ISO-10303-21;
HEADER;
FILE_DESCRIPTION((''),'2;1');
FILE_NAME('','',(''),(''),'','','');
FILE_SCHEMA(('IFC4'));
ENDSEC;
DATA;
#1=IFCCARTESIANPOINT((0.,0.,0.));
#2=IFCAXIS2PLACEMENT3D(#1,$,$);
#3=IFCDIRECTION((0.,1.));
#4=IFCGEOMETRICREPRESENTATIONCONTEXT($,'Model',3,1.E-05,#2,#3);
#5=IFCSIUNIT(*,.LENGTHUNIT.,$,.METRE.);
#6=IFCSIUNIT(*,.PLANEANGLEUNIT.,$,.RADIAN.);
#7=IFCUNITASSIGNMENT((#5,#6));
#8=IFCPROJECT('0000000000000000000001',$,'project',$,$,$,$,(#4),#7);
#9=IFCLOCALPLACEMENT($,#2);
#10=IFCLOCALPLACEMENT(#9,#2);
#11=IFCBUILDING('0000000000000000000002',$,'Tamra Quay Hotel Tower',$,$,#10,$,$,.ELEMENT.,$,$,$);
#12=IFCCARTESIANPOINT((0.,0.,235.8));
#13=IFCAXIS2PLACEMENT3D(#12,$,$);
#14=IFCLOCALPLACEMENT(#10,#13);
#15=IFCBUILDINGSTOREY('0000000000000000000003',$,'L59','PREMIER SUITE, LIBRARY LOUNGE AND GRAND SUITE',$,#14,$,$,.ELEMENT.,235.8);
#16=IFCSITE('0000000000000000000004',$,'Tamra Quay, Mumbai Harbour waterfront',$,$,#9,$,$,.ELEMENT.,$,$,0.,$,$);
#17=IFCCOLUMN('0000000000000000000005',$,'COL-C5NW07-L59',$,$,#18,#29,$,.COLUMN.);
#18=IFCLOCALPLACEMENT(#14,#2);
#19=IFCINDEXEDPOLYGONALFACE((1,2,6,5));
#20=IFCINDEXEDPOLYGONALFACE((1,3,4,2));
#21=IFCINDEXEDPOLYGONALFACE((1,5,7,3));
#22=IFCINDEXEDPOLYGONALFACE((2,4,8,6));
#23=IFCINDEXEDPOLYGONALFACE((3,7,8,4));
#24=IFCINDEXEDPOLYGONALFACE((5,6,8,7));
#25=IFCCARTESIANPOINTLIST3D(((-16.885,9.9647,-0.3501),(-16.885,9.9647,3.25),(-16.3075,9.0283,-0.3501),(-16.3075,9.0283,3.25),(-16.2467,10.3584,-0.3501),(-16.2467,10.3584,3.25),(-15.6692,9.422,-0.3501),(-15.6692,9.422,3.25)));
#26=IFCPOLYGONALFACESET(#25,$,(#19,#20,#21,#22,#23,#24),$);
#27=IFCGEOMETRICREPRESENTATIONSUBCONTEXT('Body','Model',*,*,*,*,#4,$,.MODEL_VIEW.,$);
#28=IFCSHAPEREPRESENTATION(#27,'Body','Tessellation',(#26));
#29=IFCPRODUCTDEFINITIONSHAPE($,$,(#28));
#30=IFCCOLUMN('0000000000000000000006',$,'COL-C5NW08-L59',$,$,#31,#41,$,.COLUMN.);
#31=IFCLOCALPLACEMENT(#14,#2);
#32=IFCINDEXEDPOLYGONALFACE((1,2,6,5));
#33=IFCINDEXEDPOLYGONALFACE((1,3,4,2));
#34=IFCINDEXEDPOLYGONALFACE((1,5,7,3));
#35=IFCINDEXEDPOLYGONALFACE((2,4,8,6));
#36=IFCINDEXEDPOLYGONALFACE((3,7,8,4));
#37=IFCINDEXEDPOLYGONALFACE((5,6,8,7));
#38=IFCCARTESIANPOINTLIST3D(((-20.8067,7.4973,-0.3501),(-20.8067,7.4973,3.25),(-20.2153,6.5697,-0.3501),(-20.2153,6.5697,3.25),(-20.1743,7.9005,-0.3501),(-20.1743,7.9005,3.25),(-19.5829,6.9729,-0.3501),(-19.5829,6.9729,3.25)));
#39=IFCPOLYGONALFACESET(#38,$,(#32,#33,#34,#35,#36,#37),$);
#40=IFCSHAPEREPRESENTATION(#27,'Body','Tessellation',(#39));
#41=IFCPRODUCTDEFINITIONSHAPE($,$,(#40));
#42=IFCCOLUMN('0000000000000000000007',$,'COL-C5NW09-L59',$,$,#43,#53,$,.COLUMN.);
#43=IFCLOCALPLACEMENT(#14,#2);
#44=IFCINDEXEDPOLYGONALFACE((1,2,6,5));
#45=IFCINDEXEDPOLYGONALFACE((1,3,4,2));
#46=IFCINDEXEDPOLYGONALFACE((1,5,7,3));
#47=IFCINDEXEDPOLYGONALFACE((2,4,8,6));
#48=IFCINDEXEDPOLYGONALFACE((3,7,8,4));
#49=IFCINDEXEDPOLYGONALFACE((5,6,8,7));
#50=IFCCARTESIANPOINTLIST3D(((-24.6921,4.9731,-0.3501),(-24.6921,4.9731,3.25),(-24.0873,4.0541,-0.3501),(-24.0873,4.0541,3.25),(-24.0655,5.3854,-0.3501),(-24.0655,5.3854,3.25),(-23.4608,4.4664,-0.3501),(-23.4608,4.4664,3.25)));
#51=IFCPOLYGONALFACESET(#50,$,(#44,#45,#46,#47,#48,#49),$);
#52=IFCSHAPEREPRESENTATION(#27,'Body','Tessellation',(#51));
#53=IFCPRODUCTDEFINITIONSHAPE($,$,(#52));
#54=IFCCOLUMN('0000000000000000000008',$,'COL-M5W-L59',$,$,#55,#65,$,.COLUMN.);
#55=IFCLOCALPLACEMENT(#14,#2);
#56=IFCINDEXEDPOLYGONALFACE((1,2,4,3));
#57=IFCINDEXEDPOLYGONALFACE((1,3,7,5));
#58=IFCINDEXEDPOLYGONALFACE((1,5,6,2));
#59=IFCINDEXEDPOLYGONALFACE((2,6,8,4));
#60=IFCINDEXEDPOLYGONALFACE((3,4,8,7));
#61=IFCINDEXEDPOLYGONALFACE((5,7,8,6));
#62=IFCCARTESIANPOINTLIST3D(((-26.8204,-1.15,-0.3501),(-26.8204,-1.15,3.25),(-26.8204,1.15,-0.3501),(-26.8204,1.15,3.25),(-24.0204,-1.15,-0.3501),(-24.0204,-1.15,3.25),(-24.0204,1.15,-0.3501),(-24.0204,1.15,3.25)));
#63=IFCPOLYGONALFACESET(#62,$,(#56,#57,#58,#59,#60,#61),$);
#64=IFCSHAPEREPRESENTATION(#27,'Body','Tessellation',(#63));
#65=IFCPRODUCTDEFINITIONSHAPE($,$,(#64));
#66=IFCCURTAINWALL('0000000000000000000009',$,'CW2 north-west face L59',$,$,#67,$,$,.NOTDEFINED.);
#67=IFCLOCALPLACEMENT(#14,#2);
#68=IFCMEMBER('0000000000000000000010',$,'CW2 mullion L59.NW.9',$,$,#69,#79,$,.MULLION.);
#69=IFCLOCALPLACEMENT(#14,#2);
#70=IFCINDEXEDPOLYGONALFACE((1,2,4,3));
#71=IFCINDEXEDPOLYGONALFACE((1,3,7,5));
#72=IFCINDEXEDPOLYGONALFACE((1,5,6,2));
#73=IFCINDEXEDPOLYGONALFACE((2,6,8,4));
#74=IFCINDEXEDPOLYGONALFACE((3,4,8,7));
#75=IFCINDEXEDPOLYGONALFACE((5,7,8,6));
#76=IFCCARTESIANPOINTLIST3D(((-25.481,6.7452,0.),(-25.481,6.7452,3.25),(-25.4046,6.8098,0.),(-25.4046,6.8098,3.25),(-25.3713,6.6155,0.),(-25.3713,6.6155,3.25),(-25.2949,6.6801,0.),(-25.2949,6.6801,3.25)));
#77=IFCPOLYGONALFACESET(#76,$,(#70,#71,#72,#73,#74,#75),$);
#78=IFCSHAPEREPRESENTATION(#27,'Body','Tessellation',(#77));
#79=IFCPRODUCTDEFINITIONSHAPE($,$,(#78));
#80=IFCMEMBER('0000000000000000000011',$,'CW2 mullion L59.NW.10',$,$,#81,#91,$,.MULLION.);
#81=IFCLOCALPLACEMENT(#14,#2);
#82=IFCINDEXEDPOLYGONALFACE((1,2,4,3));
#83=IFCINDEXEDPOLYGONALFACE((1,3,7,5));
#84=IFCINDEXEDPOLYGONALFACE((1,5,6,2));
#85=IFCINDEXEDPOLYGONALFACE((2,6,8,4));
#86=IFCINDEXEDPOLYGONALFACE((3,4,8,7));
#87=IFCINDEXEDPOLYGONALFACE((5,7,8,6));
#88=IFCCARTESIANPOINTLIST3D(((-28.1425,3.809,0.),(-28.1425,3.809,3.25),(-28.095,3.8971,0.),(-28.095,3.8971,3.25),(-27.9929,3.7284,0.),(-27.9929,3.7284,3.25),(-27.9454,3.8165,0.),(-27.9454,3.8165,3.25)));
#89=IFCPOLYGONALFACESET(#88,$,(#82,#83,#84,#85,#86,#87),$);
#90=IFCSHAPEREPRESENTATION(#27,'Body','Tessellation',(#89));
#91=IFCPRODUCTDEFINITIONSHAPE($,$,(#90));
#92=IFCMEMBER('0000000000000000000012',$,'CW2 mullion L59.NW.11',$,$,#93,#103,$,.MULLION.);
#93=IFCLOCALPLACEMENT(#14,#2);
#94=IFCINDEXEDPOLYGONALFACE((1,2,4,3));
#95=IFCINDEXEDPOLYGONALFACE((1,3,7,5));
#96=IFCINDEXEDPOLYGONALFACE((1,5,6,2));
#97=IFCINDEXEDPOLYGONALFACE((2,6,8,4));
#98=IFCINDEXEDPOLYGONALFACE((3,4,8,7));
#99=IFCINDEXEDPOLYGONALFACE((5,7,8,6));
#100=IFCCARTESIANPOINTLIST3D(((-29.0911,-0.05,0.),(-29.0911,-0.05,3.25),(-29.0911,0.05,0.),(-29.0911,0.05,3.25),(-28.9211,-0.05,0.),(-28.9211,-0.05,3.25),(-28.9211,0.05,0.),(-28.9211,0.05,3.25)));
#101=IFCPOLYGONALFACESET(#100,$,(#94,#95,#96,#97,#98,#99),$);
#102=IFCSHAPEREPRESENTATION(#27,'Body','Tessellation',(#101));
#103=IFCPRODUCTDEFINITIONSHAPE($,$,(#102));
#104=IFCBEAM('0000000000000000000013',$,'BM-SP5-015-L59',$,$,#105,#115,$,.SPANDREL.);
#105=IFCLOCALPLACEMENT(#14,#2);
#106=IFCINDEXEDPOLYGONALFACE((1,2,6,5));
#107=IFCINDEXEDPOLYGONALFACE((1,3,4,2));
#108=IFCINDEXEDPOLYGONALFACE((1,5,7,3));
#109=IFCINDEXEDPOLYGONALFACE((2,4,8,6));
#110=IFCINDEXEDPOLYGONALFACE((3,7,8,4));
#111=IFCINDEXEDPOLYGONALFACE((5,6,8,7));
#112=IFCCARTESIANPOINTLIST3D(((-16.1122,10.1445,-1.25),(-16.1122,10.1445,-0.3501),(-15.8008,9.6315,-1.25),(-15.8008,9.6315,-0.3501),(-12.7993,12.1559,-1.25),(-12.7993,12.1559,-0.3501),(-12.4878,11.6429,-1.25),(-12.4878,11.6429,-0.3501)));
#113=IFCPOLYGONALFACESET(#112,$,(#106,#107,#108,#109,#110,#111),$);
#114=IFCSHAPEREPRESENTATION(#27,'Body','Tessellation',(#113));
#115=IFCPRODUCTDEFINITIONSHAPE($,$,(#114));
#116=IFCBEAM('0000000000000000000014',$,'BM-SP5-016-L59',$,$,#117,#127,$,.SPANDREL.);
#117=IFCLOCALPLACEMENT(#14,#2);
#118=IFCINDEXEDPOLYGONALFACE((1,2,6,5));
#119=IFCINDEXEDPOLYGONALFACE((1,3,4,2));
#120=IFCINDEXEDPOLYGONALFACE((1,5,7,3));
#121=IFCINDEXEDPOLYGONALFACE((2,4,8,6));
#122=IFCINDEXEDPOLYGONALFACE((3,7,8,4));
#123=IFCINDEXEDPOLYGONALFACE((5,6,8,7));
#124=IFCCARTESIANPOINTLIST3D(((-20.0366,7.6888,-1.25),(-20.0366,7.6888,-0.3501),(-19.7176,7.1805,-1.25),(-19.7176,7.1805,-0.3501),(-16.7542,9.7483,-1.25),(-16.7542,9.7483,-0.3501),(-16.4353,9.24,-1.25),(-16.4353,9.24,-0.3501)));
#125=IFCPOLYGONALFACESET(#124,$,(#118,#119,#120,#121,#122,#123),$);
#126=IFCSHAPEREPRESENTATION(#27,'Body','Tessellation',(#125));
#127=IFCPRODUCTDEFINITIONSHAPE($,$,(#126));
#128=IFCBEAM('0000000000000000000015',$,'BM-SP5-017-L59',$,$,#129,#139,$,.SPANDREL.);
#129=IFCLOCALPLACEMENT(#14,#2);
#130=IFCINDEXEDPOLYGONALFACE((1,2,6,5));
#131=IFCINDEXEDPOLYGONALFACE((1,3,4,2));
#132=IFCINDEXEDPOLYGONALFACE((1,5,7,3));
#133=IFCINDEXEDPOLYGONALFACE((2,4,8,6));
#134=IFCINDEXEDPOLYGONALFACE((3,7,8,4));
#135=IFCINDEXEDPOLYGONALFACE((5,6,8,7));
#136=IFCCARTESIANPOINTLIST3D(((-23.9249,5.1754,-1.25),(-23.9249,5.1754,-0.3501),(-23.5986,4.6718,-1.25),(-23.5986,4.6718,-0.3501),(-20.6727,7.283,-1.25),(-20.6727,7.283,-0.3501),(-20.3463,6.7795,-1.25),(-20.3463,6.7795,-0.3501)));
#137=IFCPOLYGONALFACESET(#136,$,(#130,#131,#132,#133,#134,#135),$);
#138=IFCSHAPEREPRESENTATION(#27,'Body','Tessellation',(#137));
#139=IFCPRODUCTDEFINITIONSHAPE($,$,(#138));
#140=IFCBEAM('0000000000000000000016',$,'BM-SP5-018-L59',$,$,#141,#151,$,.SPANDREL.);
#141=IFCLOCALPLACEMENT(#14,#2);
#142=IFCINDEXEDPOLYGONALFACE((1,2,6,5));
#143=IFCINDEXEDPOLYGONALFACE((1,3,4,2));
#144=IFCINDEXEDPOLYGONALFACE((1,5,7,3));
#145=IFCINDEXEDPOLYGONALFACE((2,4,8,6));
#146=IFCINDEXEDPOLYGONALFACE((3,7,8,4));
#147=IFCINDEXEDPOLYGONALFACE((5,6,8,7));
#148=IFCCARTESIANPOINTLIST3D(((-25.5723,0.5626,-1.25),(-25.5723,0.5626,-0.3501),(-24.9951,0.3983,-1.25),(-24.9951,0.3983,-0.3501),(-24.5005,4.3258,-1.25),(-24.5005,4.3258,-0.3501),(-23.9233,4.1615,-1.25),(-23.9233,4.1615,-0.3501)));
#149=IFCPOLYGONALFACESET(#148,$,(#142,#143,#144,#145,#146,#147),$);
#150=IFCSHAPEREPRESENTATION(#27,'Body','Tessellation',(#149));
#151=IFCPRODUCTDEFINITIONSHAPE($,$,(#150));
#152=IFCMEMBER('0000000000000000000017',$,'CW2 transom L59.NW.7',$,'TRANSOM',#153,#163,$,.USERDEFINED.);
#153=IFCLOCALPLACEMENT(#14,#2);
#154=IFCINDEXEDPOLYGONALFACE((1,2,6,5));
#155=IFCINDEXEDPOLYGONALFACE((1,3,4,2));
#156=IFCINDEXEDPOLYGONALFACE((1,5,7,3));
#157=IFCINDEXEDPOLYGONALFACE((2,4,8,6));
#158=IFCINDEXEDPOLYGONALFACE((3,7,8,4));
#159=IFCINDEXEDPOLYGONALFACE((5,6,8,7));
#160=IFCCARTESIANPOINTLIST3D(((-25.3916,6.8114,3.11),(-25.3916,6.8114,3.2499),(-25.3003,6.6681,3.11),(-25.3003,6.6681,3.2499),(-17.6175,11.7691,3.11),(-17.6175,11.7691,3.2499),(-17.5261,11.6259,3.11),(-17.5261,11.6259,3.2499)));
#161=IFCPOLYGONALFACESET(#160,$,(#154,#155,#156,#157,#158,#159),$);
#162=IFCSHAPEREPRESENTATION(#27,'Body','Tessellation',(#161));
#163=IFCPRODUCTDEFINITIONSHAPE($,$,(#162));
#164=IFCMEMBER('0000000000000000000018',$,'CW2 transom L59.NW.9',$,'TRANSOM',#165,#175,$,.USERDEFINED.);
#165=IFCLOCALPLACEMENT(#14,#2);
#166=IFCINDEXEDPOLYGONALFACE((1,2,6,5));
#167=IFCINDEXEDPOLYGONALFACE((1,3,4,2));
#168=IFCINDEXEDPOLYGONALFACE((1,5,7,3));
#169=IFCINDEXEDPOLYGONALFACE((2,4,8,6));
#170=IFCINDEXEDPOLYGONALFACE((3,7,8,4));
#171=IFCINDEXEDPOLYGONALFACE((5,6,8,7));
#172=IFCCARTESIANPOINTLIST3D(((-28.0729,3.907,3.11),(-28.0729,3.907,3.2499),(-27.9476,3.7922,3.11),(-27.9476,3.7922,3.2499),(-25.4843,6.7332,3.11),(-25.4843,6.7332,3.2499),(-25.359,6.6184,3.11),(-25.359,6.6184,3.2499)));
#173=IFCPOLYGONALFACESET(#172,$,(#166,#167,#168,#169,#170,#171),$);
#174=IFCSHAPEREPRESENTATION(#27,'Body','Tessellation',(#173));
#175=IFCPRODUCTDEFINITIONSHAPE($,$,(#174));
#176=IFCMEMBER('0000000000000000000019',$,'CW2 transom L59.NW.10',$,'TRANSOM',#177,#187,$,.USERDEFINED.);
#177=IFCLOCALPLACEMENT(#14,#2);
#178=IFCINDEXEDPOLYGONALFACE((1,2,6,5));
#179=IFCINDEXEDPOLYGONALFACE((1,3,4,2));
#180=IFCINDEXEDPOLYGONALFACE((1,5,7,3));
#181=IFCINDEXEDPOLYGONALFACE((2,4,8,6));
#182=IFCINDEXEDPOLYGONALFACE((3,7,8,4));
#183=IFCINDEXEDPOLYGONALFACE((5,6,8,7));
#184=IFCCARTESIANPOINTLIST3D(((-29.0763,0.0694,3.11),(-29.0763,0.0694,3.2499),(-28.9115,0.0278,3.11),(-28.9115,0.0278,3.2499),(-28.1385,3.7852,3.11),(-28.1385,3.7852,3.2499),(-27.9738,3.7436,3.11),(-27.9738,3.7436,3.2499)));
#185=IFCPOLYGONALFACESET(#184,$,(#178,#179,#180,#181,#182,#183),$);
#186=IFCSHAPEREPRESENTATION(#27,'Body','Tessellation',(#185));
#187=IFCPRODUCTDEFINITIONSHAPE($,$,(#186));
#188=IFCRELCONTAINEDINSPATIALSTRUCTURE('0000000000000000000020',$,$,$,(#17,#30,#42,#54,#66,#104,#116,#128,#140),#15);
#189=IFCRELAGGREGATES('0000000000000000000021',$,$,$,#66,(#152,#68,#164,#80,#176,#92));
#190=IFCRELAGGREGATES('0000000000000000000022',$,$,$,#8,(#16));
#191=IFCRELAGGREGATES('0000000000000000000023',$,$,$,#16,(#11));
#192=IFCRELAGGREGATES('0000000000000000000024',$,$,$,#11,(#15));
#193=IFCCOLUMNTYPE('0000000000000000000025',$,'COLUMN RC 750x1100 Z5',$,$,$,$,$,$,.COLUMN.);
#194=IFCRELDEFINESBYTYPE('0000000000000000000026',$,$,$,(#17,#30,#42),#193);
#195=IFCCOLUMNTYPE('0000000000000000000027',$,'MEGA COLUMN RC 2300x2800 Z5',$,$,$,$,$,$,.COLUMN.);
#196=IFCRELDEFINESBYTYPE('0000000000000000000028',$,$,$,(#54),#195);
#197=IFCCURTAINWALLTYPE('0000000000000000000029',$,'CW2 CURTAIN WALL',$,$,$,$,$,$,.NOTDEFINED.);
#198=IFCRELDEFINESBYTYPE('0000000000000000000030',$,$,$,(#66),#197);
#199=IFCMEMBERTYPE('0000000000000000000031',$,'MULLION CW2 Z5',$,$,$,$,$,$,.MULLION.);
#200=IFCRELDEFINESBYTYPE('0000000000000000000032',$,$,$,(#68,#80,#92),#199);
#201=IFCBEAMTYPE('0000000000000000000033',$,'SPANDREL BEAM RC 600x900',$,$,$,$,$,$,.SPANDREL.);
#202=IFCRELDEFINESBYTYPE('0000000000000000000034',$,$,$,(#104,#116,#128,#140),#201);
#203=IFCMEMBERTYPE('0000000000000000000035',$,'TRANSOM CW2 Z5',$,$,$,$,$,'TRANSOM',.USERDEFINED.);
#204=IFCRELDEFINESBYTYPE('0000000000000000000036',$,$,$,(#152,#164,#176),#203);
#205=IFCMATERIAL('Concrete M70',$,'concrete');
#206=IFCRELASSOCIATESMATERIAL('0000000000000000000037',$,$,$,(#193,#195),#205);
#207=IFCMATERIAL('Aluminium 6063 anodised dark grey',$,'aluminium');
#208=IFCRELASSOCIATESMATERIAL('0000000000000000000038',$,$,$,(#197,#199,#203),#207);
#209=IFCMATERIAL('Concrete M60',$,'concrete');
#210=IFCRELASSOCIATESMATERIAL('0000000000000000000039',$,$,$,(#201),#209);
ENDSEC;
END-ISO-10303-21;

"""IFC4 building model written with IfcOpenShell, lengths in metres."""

from ifc_helpers import new_model, si_unit, direction, frame, origin, origin_2d, place, context, subcontext, project, spatial, rectangle, extrude, material, material_profile, profile_set, type_object, element, aggregate, save


model = new_model("IFC4")

# Units and contexts
model_context = context("Model", 3, precision=1e-05, world=origin(), true_north=direction((0.0, 1.0)))
body_context = subcontext(model_context, "Body", "Model", "MODEL_VIEW")
ifc_project = project(units=[si_unit("LENGTHUNIT", "METRE"), si_unit("PLANEANGLEUNIT", "RADIAN")], contexts=[model_context])

# Site, building, storey
site_placement = place(None, origin())
site = spatial("IfcSite", under=ifc_project, at=site_placement, Name="Tamra Quay, Mumbai Harbour waterfront", CompositionType="ELEMENT", RefElevation=0.0)
building_placement = place(site_placement, origin())
building = spatial("IfcBuilding", under=site, at=building_placement, Name="Tamra Quay Hotel Tower", CompositionType="ELEMENT")
storey_placement = place(building_placement, frame((0.0, 0.0, 235.8)))
storey = spatial("IfcBuildingStorey", under=building, at=storey_placement, Name="L59", Description="PREMIER SUITE, LIBRARY LOUNGE AND GRAND SUITE", CompositionType="ELEMENT", Elevation=235.8)

# Columns
ifc_material_1 = material(Name="Concrete M70", Category="concrete")
ifc_material_profile_1 = material_profile(ifc_material_1, rectangle(XDim=1.1001, YDim=0.75, at=origin_2d()), Name="COLUMN RC 750x1100 Z5")
ifc_profile_set_1 = profile_set([ifc_material_profile_1], Name="Concrete M70")
column_type_1 = type_object("IfcColumnType", Name="COLUMN RC 750x1100 Z5", PredefinedType="COLUMN", material=ifc_profile_set_1)
for number, where, z_axis, x_axis, name in (
    (1, (-16.2771, 9.6934, -0.3501), (0.0, 0.0, 1.0), (-0.524928, 0.851147, 0.0), "COL-C5NW07-L59"),
    (2, (-20.1948, 7.2351, -0.3501), (0.0, 0.0, 1.0), (-0.537585, 0.843209, 0.0), "COL-C5NW08-L59"),
    (3, (-24.0764, 4.7197, -0.3501), (0.0, 0.0, 1.0), (-0.549739, 0.835337, 0.0), "COL-C5NW09-L59"),
):
    element("IfcColumn", number, at=place(storey_placement, frame(where, z_axis=z_axis, x_axis=x_axis)), inside=storey, type_object=column_type_1, Name=name, PredefinedType="COLUMN", context=body_context, shape_type="SweptSolid", body=[
        extrude(rectangle(XDim=1.1001, YDim=0.75, at=origin_2d()), origin(), (0.0, 0.0, 1.0), 3.6001),
    ])
ifc_material_profile_2 = material_profile(ifc_material_1, rectangle(XDim=2.8, YDim=2.3, at=origin_2d()), Name="MEGA COLUMN RC 2300x2800 Z5")
ifc_profile_set_2 = profile_set([ifc_material_profile_2], Name="Concrete M70")
column_type_2 = type_object("IfcColumnType", Name="MEGA COLUMN RC 2300x2800 Z5", PredefinedType="COLUMN", material=ifc_profile_set_2)
column_placement = place(storey_placement, frame((-25.4204, 0.0, -0.3501), z_axis=(0.0, 0.0, 1.0), x_axis=(1.0, 0.0, 0.0)))
element("IfcColumn", 4, at=column_placement, inside=storey, type_object=column_type_2, Name="COL-M5W-L59", PredefinedType="COLUMN", context=body_context, shape_type="SweptSolid", body=[
    extrude(rectangle(XDim=2.8, YDim=2.3, at=origin_2d()), origin(), (0.0, 0.0, 1.0), 3.6001),
])

# Curtain wall, members
ifc_material_2 = material(Name="Aluminium 6063 anodised dark grey", Category="aluminium")
curtain_wall_type = type_object("IfcCurtainWallType", Name="CW2 CURTAIN WALL", PredefinedType="NOTDEFINED", material=ifc_material_2)
curtain_wall_placement = place(storey_placement, origin())
curtain_wall = element("IfcCurtainWall", 5, at=curtain_wall_placement, inside=storey, type_object=curtain_wall_type, Name="CW2 north-west face L59", PredefinedType="NOTDEFINED")
ifc_material_profile_3 = material_profile(ifc_material_2, rectangle(XDim=0.1699, YDim=0.1001, at=origin_2d()), Name="MULLION 100X170")
ifc_profile_set_3 = profile_set([ifc_material_profile_3], Name="Aluminium 6063 anodised dark grey")
member_type_1 = type_object("IfcMemberType", Name="MULLION CW2 Z5", PredefinedType="MULLION", material=ifc_profile_set_3)
member_1_placement = place(storey_placement, frame((-25.3879, 6.7126, 0.0), z_axis=(0.0, 0.0, 1.0), x_axis=(-0.645846, 0.763467, 0.0)))
member_1 = element("IfcMember", 6, at=member_1_placement, type_object=member_type_1, Name="CW2 mullion L59.NW.9", PredefinedType="MULLION", context=body_context, shape_type="SweptSolid", body=[
    extrude(rectangle(XDim=0.1699, YDim=0.1001, at=origin_2d()), origin(), (0.0, 0.0, 1.0), 3.25),
])
member_2_placement = place(storey_placement, frame((-28.0439, 3.8127, 0.0), z_axis=(0.0, 0.0, 1.0), x_axis=(-0.880267, 0.474479, 0.0)))
member_2 = element("IfcMember", 7, at=member_2_placement, type_object=member_type_1, Name="CW2 mullion L59.NW.10", PredefinedType="MULLION", context=body_context, shape_type="SweptSolid", body=[
    extrude(rectangle(XDim=0.1699, YDim=0.1001, at=origin_2d()), origin(), (0.0, 0.0, 1.0), 3.25),
])
member_3_placement = place(storey_placement, frame((-29.0061, 0.0, 0.0), z_axis=(0.0, 0.0, 1.0), x_axis=(-1.0, 0.0, 0.0)))
member_3 = element("IfcMember", 8, at=member_3_placement, type_object=member_type_1, Name="CW2 mullion L59.NW.11", PredefinedType="MULLION", context=body_context, shape_type="SweptSolid", body=[
    extrude(rectangle(XDim=0.1699, YDim=0.1001, at=origin_2d()), origin(), (0.0, 0.0, 1.0), 3.25),
])

# Beams
ifc_material_3 = material(Name="Concrete M60", Category="concrete")
ifc_material_profile_4 = material_profile(ifc_material_3, rectangle(XDim=0.6001, YDim=0.8999, at=origin_2d()), Name="SPANDREL BEAM RC 600x900")
ifc_profile_set_4 = profile_set([ifc_material_profile_4], Name="Concrete M60")
beam_type = type_object("IfcBeamType", Name="SPANDREL BEAM RC 600x900", PredefinedType="SPANDREL", material=ifc_profile_set_4)
beam_1_placement = place(storey_placement, frame((-12.6436, 11.8994, -0.8), z_axis=(-0.854786, -0.518981, 0.0), x_axis=(0.518981, -0.854786, 0.0)))
element("IfcBeam", 9, at=beam_1_placement, inside=storey, type_object=beam_type, Name="BM-SP5-015-L59", PredefinedType="SPANDREL", context=body_context, shape_type="SweptSolid", body=[
    extrude(rectangle(XDim=0.6001, YDim=0.8999, at=origin_2d()), origin(), (0.0, 0.0, 1.0), 3.8757),
])
beam_2_placement = place(storey_placement, frame((-16.5947, 9.4941, -0.8), z_axis=(-0.847066, -0.531488, 0.0), x_axis=(0.531488, -0.847066, 0.0)))
element("IfcBeam", 10, at=beam_2_placement, inside=storey, type_object=beam_type, Name="BM-SP5-016-L59", PredefinedType="SPANDREL", context=body_context, shape_type="SweptSolid", body=[
    extrude(rectangle(XDim=0.6001, YDim=0.8999, at=origin_2d()), origin(), (0.0, 0.0, 1.0), 3.875),
])
beam_3_placement = place(storey_placement, frame((-20.5095, 7.0312, -0.8), z_axis=(-0.839181, -0.543852, 0.0), x_axis=(0.543852, -0.839181, 0.0)))
element("IfcBeam", 11, at=beam_3_placement, inside=storey, type_object=beam_type, Name="BM-SP5-017-L59", PredefinedType="SPANDREL", context=body_context, shape_type="SweptSolid", body=[
    extrude(rectangle(XDim=0.6001, YDim=0.8999, at=origin_2d()), origin(), (0.0, 0.0, 1.0), 3.8755),
])
beam_4_placement = place(storey_placement, frame((-24.2119, 4.2437, -0.8), z_axis=(-0.273913, -0.961754, 0.0), x_axis=(0.961754, -0.273913, 0.0)))
element("IfcBeam", 12, at=beam_4_placement, inside=storey, type_object=beam_type, Name="BM-SP5-018-L59", PredefinedType="SPANDREL", context=body_context, shape_type="SweptSolid", body=[
    extrude(rectangle(XDim=0.6001, YDim=0.8999, at=origin_2d()), origin(), (0.0, 0.0, 1.0), 3.9128),
])

# Members
ifc_material_profile_5 = material_profile(ifc_material_2, rectangle(XDim=0.1699, YDim=0.1399, at=origin_2d()), Name="TRANSOM 170X140")
ifc_profile_set_5 = profile_set([ifc_material_profile_5], Name="Aluminium 6063 anodised dark grey")
member_type_2 = type_object("IfcMemberType", Name="TRANSOM CW2 Z5", ElementType="TRANSOM", PredefinedType="USERDEFINED", material=ifc_profile_set_5)
member_4_placement = place(storey_placement, frame((-17.5718, 11.6975, 3.1799), z_axis=(-0.843142, -0.537691, 0.0), x_axis=(0.537691, -0.843142, 0.0)))
member_4 = element("IfcMember", 13, at=member_4_placement, type_object=member_type_2, Name="CW2 transom L59.NW.7", ObjectType="TRANSOM", PredefinedType="USERDEFINED", context=body_context, shape_type="SweptSolid", body=[
    extrude(rectangle(XDim=0.1699, YDim=0.1399, at=origin_2d()), origin(), (0.0, 0.0, 1.0), 9.2205),
])
member_5_placement = place(storey_placement, frame((-25.4216, 6.6758, 3.1799), z_axis=(-0.675436, -0.737419, 0.0), x_axis=(0.737419, -0.675436, 0.0)))
member_5 = element("IfcMember", 14, at=member_5_placement, type_object=member_type_2, Name="CW2 transom L59.NW.9", ObjectType="TRANSOM", PredefinedType="USERDEFINED", context=body_context, shape_type="SweptSolid", body=[
    extrude(rectangle(XDim=0.1699, YDim=0.1399, at=origin_2d()), origin(), (0.0, 0.0, 1.0), 3.8325),
])
member_6_placement = place(storey_placement, frame((-28.0562, 3.7644, 3.1799), z_axis=(-0.244694, -0.9696, 0.0), x_axis=(0.9696, -0.244694, 0.0)))
member_6 = element("IfcMember", 15, at=member_6_placement, type_object=member_type_2, Name="CW2 transom L59.NW.10", ObjectType="TRANSOM", PredefinedType="USERDEFINED", context=body_context, shape_type="SweptSolid", body=[
    extrude(rectangle(XDim=0.1699, YDim=0.1399, at=origin_2d()), origin(), (0.0, 0.0, 1.0), 3.8323),
])

aggregate(curtain_wall, [member_4, member_1, member_5, member_2, member_6, member_3])

save(model, "model.ifc")
